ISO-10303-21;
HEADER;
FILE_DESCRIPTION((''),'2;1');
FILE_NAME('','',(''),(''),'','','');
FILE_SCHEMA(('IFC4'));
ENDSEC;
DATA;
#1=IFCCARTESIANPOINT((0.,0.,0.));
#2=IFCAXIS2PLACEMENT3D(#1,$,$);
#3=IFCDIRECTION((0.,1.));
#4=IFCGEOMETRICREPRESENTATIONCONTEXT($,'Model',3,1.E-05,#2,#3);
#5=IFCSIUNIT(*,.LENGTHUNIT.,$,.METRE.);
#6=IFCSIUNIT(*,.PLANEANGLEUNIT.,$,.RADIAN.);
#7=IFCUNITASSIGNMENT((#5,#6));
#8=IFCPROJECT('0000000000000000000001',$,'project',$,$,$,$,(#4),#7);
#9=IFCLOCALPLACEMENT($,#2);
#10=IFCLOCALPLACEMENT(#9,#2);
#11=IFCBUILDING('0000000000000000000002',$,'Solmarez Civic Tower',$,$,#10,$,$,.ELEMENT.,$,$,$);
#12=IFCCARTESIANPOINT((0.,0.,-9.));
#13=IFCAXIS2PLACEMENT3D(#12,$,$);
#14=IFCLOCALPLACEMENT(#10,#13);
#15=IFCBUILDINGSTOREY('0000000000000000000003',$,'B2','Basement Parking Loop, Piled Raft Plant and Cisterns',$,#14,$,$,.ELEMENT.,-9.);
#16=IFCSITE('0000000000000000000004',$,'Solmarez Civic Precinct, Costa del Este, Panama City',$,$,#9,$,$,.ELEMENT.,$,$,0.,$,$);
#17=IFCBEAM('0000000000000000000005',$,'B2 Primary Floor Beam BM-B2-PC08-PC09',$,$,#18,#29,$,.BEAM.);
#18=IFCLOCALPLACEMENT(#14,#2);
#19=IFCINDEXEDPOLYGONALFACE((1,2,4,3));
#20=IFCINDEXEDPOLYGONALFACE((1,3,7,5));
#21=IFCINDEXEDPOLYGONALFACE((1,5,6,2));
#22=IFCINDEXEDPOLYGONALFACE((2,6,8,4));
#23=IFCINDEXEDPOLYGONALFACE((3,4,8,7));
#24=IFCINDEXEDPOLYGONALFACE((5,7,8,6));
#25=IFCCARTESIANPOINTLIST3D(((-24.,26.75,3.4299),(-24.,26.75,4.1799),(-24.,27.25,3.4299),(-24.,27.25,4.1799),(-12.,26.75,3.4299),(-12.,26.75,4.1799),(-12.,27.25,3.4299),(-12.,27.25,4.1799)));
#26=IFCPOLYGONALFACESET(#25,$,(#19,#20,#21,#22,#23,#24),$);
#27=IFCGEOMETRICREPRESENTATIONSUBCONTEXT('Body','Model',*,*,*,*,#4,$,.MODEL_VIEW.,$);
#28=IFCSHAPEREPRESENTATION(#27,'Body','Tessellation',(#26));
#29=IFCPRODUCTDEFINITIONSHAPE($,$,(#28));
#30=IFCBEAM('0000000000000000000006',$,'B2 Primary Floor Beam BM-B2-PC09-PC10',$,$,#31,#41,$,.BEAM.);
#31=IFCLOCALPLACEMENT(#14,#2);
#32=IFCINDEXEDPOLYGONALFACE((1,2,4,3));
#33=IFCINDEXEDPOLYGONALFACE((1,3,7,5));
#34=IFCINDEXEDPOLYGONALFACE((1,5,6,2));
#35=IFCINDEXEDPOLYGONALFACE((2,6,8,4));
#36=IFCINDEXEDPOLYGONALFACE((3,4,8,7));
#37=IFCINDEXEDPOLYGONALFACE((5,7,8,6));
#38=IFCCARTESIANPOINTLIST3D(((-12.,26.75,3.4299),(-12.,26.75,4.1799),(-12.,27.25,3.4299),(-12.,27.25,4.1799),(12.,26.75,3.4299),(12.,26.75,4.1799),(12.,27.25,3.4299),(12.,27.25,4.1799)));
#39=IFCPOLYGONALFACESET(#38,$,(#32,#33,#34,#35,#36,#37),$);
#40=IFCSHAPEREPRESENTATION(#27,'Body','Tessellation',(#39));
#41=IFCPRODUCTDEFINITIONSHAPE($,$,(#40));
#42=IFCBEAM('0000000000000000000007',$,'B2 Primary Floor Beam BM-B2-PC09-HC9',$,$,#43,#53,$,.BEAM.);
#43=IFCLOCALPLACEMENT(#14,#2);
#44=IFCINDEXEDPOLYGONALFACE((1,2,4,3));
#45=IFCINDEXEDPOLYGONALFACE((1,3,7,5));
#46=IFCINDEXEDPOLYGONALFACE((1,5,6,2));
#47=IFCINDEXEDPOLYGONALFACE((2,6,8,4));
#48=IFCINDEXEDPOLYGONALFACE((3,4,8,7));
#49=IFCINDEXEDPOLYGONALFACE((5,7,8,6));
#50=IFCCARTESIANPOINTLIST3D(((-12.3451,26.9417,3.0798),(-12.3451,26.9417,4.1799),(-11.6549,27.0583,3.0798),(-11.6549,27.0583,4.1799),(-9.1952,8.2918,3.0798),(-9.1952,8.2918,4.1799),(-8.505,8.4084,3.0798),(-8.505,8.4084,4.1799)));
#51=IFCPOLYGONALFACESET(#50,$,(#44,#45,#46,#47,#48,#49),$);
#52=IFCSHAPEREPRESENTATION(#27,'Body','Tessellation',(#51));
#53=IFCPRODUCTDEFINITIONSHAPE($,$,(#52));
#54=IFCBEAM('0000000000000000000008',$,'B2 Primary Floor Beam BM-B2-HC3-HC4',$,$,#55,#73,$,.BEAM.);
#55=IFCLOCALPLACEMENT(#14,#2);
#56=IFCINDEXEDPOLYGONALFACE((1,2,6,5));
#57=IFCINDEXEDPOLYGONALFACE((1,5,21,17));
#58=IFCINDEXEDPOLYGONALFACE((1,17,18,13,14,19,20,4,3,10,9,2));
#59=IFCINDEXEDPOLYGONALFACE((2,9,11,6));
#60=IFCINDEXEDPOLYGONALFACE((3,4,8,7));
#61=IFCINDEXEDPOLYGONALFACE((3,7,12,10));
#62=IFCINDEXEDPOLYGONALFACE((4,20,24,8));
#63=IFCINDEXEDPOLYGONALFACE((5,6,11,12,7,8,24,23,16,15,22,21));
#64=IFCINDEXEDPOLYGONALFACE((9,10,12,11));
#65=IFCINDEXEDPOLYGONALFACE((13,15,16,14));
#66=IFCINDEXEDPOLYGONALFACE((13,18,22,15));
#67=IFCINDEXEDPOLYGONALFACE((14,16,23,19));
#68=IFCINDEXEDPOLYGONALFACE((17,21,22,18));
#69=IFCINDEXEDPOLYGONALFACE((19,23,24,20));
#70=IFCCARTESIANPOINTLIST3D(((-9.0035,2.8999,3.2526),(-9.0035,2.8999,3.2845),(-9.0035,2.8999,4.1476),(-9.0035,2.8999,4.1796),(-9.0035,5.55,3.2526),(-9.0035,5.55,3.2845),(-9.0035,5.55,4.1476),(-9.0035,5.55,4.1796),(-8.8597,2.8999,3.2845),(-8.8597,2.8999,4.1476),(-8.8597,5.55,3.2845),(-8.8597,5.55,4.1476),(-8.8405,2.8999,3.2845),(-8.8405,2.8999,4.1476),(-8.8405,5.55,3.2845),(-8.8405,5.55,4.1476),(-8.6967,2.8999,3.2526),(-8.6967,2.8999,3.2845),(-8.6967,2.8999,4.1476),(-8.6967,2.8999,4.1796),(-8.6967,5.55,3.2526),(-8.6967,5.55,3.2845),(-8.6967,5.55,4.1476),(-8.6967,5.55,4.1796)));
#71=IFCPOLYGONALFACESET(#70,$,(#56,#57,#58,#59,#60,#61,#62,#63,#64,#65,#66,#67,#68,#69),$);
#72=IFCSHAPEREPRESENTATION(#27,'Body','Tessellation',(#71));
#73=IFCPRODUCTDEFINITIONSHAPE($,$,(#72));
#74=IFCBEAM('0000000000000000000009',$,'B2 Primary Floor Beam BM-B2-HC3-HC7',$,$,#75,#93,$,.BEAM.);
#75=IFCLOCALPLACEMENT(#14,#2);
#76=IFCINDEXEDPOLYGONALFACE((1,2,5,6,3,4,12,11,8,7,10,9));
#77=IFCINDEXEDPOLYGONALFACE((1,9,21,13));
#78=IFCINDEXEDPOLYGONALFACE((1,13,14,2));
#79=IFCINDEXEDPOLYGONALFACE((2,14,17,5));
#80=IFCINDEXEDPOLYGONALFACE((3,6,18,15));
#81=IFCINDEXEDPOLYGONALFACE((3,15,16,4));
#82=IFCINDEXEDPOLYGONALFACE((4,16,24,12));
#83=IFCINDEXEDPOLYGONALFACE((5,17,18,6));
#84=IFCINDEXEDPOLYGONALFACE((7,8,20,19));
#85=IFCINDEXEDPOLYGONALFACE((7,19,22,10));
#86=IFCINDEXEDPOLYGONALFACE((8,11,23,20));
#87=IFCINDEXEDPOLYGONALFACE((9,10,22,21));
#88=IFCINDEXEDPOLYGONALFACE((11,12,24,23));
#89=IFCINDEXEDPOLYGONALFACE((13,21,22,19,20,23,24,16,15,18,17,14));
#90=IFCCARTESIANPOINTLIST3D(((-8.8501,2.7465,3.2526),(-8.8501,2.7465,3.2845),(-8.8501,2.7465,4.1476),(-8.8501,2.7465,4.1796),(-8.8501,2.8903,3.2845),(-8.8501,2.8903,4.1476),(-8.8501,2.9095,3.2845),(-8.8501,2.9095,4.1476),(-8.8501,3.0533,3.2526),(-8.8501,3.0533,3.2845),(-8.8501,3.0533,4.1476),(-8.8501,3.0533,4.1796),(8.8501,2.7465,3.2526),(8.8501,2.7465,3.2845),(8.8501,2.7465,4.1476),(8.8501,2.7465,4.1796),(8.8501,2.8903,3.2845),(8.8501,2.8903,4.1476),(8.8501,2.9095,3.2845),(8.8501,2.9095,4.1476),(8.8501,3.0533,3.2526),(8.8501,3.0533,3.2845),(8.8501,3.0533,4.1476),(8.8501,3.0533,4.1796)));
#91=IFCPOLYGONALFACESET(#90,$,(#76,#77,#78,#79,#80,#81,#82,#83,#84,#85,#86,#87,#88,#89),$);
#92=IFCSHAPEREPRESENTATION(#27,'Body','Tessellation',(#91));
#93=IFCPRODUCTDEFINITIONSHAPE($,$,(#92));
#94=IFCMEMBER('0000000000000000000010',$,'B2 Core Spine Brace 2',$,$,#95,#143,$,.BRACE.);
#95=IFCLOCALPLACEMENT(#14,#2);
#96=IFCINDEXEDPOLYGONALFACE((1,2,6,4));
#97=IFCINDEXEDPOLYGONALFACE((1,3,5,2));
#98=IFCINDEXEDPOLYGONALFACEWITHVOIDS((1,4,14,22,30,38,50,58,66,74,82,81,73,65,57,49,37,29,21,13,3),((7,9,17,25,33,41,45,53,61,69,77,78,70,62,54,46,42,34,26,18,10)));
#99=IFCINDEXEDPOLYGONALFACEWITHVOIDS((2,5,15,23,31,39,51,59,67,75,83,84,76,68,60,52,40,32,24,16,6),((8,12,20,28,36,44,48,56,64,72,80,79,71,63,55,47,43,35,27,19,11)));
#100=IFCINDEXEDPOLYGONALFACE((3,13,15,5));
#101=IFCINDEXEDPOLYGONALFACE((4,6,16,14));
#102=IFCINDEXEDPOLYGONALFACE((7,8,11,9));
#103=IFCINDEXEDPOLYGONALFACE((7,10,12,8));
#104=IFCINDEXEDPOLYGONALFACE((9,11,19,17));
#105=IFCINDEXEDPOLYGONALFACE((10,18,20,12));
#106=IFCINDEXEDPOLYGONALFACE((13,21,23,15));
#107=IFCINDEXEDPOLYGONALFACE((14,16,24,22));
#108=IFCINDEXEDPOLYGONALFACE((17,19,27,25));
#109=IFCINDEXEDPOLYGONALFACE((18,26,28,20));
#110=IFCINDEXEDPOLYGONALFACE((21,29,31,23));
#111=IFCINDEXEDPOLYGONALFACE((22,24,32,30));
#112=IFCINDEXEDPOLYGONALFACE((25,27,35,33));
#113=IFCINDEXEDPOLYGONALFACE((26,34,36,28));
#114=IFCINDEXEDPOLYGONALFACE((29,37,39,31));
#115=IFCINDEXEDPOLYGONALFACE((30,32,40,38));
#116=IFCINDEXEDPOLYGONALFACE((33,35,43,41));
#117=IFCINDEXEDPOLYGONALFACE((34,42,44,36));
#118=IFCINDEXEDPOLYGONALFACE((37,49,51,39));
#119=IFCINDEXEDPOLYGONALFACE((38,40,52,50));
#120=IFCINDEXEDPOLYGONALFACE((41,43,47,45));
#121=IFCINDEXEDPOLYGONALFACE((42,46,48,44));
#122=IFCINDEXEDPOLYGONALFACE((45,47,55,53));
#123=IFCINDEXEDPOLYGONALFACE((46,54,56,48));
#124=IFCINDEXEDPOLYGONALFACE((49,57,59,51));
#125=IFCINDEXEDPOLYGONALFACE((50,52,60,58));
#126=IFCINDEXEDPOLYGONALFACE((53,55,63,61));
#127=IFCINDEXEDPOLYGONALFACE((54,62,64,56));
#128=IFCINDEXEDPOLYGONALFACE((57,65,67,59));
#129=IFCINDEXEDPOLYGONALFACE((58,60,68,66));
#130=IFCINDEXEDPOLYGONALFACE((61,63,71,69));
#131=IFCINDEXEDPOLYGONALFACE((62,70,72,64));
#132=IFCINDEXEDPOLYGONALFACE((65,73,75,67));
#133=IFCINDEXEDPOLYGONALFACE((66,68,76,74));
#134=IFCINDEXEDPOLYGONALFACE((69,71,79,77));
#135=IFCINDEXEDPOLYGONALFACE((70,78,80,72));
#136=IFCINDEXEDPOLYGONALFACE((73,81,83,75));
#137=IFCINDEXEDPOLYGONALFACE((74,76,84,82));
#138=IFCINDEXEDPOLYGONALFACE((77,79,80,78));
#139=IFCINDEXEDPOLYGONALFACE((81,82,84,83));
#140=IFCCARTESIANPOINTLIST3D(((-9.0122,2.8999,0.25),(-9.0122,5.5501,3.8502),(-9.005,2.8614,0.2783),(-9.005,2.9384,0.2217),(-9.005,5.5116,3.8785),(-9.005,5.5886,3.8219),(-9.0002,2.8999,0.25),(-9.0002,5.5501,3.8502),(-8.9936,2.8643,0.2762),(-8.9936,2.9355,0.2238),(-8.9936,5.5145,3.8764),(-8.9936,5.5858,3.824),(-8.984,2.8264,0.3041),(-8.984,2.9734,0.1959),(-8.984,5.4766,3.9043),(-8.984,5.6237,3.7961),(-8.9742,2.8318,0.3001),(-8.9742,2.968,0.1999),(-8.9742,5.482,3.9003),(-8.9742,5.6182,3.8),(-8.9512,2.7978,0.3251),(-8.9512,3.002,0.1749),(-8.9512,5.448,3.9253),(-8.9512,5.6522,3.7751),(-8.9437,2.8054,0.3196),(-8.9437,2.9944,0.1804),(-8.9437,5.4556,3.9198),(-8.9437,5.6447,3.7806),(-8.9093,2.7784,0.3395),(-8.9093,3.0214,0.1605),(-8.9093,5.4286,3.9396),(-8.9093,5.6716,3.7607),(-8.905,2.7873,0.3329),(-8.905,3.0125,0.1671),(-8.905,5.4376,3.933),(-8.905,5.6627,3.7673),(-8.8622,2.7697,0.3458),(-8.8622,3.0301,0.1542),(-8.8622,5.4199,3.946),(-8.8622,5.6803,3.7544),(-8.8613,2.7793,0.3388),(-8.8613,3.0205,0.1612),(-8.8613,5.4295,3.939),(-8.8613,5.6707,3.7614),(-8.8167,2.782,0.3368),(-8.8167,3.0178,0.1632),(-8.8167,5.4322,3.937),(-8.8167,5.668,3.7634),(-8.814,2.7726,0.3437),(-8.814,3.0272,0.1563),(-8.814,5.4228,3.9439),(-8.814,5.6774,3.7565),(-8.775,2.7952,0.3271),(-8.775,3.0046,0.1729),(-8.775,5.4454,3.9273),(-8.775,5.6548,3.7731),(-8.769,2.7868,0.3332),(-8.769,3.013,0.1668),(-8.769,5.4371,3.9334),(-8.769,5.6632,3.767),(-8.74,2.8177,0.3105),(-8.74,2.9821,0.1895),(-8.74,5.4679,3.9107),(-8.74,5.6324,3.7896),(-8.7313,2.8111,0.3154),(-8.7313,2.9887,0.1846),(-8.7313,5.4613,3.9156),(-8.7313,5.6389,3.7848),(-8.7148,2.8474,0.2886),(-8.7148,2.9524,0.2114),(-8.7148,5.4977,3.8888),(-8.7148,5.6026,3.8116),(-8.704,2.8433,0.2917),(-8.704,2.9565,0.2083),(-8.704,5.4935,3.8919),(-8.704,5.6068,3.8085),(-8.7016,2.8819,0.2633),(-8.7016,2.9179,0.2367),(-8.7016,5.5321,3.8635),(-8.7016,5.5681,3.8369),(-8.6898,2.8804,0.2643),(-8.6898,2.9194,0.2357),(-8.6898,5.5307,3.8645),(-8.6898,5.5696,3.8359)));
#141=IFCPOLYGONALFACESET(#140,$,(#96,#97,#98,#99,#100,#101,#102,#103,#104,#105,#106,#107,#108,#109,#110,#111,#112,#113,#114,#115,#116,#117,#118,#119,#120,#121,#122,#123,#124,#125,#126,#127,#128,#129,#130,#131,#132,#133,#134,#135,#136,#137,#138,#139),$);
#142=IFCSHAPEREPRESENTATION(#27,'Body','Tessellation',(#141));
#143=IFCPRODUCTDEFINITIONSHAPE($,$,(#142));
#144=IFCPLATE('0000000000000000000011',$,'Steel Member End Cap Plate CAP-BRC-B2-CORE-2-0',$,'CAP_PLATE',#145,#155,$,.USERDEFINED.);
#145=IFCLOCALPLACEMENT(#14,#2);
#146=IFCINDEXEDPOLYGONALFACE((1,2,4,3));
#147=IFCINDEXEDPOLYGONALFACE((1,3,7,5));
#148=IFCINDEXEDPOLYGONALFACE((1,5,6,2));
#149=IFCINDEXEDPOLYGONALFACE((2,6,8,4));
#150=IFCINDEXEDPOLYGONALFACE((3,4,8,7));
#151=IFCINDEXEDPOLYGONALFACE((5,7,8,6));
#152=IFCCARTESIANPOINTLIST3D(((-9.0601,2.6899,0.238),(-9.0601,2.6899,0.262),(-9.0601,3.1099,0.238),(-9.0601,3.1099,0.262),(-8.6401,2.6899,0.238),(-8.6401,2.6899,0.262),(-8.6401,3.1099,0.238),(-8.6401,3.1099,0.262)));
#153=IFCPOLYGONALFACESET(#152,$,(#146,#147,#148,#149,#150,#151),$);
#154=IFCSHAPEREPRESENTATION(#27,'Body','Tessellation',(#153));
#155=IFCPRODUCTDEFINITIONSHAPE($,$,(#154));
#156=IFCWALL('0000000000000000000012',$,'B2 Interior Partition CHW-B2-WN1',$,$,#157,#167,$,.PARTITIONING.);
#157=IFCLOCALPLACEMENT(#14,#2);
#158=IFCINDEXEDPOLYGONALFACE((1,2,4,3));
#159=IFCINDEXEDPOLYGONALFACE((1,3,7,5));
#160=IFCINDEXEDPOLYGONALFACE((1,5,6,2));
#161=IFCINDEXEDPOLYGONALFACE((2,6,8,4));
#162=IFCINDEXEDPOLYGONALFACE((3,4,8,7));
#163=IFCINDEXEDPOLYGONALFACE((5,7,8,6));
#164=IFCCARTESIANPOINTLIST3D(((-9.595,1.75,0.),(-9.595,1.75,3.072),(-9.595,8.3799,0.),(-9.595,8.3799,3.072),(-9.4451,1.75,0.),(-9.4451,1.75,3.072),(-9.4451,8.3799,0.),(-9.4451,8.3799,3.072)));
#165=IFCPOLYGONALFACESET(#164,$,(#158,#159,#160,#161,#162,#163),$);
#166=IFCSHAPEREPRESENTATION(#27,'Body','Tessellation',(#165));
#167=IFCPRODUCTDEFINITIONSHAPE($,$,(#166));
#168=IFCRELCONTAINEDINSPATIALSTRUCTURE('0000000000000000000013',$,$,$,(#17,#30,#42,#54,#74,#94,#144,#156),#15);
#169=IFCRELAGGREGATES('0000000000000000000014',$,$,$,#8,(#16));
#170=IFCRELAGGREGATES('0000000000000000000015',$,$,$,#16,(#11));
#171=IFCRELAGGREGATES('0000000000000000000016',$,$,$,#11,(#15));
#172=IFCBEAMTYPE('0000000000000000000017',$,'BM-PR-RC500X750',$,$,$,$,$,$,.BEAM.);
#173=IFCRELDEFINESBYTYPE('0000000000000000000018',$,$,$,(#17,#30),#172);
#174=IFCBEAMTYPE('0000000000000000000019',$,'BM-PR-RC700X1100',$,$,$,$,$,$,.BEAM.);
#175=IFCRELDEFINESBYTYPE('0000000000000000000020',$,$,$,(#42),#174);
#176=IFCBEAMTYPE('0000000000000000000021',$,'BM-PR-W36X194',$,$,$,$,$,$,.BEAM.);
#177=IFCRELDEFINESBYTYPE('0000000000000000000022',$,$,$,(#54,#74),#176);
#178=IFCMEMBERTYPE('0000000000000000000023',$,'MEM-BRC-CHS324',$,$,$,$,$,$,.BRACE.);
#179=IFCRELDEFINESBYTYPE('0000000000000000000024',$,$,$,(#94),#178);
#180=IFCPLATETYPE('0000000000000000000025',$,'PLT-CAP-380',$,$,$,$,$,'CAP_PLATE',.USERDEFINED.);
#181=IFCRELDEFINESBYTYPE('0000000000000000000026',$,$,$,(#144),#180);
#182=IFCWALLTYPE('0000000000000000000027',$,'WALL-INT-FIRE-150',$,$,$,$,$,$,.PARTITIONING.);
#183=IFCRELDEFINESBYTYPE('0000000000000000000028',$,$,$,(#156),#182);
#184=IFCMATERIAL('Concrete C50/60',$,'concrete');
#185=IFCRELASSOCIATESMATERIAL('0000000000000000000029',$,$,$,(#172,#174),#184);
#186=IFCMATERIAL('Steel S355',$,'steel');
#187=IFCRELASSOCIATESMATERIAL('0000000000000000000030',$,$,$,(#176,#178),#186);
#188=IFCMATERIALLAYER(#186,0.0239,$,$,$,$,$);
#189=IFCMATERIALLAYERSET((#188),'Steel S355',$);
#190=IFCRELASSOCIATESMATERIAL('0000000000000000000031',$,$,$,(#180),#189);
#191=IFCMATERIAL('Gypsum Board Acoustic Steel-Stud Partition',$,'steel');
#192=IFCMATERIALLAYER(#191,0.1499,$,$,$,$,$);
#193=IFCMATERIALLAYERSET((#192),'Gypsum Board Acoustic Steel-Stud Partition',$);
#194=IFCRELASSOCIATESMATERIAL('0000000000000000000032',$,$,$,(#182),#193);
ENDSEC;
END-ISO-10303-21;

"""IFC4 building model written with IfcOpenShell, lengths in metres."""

from ifc_helpers import new_model, si_unit, direction, frame, frame_2d, origin, origin_2d, place, context, subcontext, project, spatial, rectangle, hollow_circle, i_section, extrude, material, layer, layer_set, material_profile, profile_set, type_object, element, save


model = new_model("IFC4")

# Units and contexts
model_context = context("Model", 3, precision=1e-05, world=origin(), true_north=direction((0.0, 1.0)))
body_context = subcontext(model_context, "Body", "Model", "MODEL_VIEW")
ifc_project = project(units=[si_unit("LENGTHUNIT", "METRE"), si_unit("PLANEANGLEUNIT", "RADIAN")], contexts=[model_context])

# Site, building, storey
site_placement = place(None, origin())
site = spatial("IfcSite", under=ifc_project, at=site_placement, Name="Solmarez Civic Precinct, Costa del Este, Panama City", CompositionType="ELEMENT", RefElevation=0.0)
building_placement = place(site_placement, origin())
building = spatial("IfcBuilding", under=site, at=building_placement, Name="Solmarez Civic Tower", CompositionType="ELEMENT")
storey_placement = place(building_placement, frame((0.0, 0.0, -9.0)))
storey = spatial("IfcBuildingStorey", under=building, at=storey_placement, Name="B2", Description="Basement Parking Loop, Piled Raft Plant and Cisterns", CompositionType="ELEMENT", Elevation=-9.0)

# Beams
ifc_material_1 = material(Name="Concrete C50/60", Category="concrete")
ifc_material_profile_1 = material_profile(ifc_material_1, rectangle(XDim=0.5, YDim=0.75, at=origin_2d()), Name="RC500X750")
ifc_profile_set_1 = profile_set([ifc_material_profile_1], Name="Concrete C50/60")
beam_type_1 = type_object("IfcBeamType", Name="BM-PR-RC500X750", PredefinedType="BEAM", material=ifc_profile_set_1)
beam_1_placement = place(storey_placement, frame((-24.0, 27.0, 3.8049), z_axis=(1.0, 0.0, 0.0), x_axis=(0.0, 1.0, 0.0)))
element("IfcBeam", 1, at=beam_1_placement, inside=storey, type_object=beam_type_1, Name="B2 Primary Floor Beam BM-B2-PC08-PC09", PredefinedType="BEAM", context=body_context, shape_type="SweptSolid", body=[
    extrude(rectangle(XDim=0.5, YDim=0.75, at=origin_2d()), origin(), (0.0, 0.0, 1.0), 12.0),
])
beam_2_placement = place(storey_placement, frame((-12.0, 27.0, 3.8049), z_axis=(1.0, 0.0, 0.0), x_axis=(0.0, 1.0, 0.0)))
element("IfcBeam", 2, at=beam_2_placement, inside=storey, type_object=beam_type_1, Name="B2 Primary Floor Beam BM-B2-PC09-PC10", PredefinedType="BEAM", context=body_context, shape_type="SweptSolid", body=[
    extrude(rectangle(XDim=0.5, YDim=0.75, at=origin_2d()), origin(), (0.0, 0.0, 1.0), 24.0),
])
ifc_material_profile_2 = material_profile(ifc_material_1, rectangle(XDim=0.7, YDim=1.1001, at=origin_2d()), Name="RC700X1100")
ifc_profile_set_2 = profile_set([ifc_material_profile_2], Name="Concrete C50/60")
beam_type_2 = type_object("IfcBeamType", Name="BM-PR-RC700X1100", PredefinedType="BEAM", material=ifc_profile_set_2)
beam_3_placement = place(storey_placement, frame((-12.0, 27.0, 3.6299), z_axis=(0.166538, -0.986035, 0.0), x_axis=(0.986035, 0.166538, 0.0)))
element("IfcBeam", 3, at=beam_3_placement, inside=storey, type_object=beam_type_2, Name="B2 Primary Floor Beam BM-B2-PC09-HC9", PredefinedType="BEAM", context=body_context, shape_type="SweptSolid", body=[
    extrude(rectangle(XDim=0.7, YDim=1.1001, at=origin_2d()), origin(), (0.0, 0.0, 1.0), 18.9141),
])
ifc_material_2 = material(Name="Steel S355", Category="steel")
ifc_material_profile_3 = material_profile(ifc_material_2, i_section(OverallWidth=0.3069, OverallDepth=0.927, WebThickness=0.0193, FlangeThickness=0.032, at=origin_2d()), Name="W36X194")
ifc_profile_set_3 = profile_set([ifc_material_profile_3], Name="Steel S355")
beam_type_3 = type_object("IfcBeamType", Name="BM-PR-W36X194", PredefinedType="BEAM", material=ifc_profile_set_3)
beam_4_placement = place(storey_placement, frame((-8.8501, 2.8999, 3.7161), z_axis=(0.0, 1.0, 0.0), x_axis=(-1.0, 0.0, 0.0)))
element("IfcBeam", 4, at=beam_4_placement, inside=storey, type_object=beam_type_3, Name="B2 Primary Floor Beam BM-B2-HC3-HC4", PredefinedType="BEAM", context=body_context, shape_type="SweptSolid", body=[
    extrude(i_section(OverallWidth=0.3069, OverallDepth=0.927, WebThickness=0.0193, FlangeThickness=0.032, at=origin_2d()), origin(), (0.0, 0.0, 1.0), 2.6501),
])
beam_5_placement = place(storey_placement, frame((-8.8501, 2.8999, 3.7161), z_axis=(1.0, 0.0, 0.0), x_axis=(0.0, 1.0, 0.0)))
element("IfcBeam", 5, at=beam_5_placement, inside=storey, type_object=beam_type_3, Name="B2 Primary Floor Beam BM-B2-HC3-HC7", PredefinedType="BEAM", context=body_context, shape_type="SweptSolid", body=[
    extrude(i_section(OverallWidth=0.3069, OverallDepth=0.927, WebThickness=0.0193, FlangeThickness=0.032, at=origin_2d()), origin(), (0.0, 0.0, 1.0), 17.7002),
])

# Member
ifc_material_profile_4 = material_profile(ifc_material_2, hollow_circle(Radius=0.1621, WallThickness=0.012, at=origin_2d()), Name="CHS324X12")
ifc_profile_set_4 = profile_set([ifc_material_profile_4], Name="Steel S355")
member_type = type_object("IfcMemberType", Name="MEM-BRC-CHS324", PredefinedType="BRACE", material=ifc_profile_set_4)
member_placement = place(storey_placement, frame((-8.8501, 2.8999, 0.25), z_axis=(0.0, 0.592828, 0.805329), x_axis=(-1.0, 0.0, 0.0)))
element("IfcMember", 6, at=member_placement, inside=storey, type_object=member_type, Name="B2 Core Spine Brace 2", PredefinedType="BRACE", context=body_context, shape_type="SweptSolid", body=[
    extrude(hollow_circle(Radius=0.1621, WallThickness=0.012, at=origin_2d()), origin(), (0.0, 0.0, 1.0), 4.4705),
])

# Plate
ifc_layer_1 = layer(ifc_material_2, 0.0239)
ifc_layer_set_1 = layer_set([ifc_layer_1], Name="Steel S355")
plate_type = type_object("IfcPlateType", Name="PLT-CAP-380", ElementType="CAP_PLATE", PredefinedType="USERDEFINED", material=ifc_layer_set_1)
plate_placement = place(storey_placement, frame((-8.8501, 2.8999, 0.238), z_axis=(0.0, 0.0, 1.0), x_axis=(1.0, 0.0, 0.0)))
element("IfcPlate", 7, at=plate_placement, inside=storey, type_object=plate_type, Name="Steel Member End Cap Plate CAP-BRC-B2-CORE-2-0", ObjectType="CAP_PLATE", PredefinedType="USERDEFINED", context=body_context, shape_type="SweptSolid", body=[
    extrude(rectangle(XDim=0.4199, YDim=0.4199, at=origin_2d()), origin(), (0.0, 0.0, 1.0), 0.0239),
])

# Wall
ifc_material_3 = material(Name="Gypsum Board Acoustic Steel-Stud Partition", Category="steel")
ifc_layer_2 = layer(ifc_material_3, 0.1499)
ifc_layer_set_2 = layer_set([ifc_layer_2], Name="Gypsum Board Acoustic Steel-Stud Partition")
wall_type = type_object("IfcWallType", Name="WALL-INT-FIRE-150", PredefinedType="PARTITIONING", material=ifc_layer_set_2)
wall_1_placement = place(storey_placement, frame((-9.52, 1.75, 0.0), z_axis=(0.0, 0.0, 1.0), x_axis=(0.0, 1.0, 0.0)))
element("IfcWall", 8, at=wall_1_placement, inside=storey, type_object=wall_type, Name="B2 Interior Partition CHW-B2-WN1", PredefinedType="PARTITIONING", context=body_context, shape_type="SweptSolid", body=[
    extrude(rectangle(XDim=6.6299, YDim=0.1499, at=frame_2d((3.3149, 0.0))), origin(), (0.0, 0.0, 1.0), 3.072),
])

save(model, "model.ifc")
